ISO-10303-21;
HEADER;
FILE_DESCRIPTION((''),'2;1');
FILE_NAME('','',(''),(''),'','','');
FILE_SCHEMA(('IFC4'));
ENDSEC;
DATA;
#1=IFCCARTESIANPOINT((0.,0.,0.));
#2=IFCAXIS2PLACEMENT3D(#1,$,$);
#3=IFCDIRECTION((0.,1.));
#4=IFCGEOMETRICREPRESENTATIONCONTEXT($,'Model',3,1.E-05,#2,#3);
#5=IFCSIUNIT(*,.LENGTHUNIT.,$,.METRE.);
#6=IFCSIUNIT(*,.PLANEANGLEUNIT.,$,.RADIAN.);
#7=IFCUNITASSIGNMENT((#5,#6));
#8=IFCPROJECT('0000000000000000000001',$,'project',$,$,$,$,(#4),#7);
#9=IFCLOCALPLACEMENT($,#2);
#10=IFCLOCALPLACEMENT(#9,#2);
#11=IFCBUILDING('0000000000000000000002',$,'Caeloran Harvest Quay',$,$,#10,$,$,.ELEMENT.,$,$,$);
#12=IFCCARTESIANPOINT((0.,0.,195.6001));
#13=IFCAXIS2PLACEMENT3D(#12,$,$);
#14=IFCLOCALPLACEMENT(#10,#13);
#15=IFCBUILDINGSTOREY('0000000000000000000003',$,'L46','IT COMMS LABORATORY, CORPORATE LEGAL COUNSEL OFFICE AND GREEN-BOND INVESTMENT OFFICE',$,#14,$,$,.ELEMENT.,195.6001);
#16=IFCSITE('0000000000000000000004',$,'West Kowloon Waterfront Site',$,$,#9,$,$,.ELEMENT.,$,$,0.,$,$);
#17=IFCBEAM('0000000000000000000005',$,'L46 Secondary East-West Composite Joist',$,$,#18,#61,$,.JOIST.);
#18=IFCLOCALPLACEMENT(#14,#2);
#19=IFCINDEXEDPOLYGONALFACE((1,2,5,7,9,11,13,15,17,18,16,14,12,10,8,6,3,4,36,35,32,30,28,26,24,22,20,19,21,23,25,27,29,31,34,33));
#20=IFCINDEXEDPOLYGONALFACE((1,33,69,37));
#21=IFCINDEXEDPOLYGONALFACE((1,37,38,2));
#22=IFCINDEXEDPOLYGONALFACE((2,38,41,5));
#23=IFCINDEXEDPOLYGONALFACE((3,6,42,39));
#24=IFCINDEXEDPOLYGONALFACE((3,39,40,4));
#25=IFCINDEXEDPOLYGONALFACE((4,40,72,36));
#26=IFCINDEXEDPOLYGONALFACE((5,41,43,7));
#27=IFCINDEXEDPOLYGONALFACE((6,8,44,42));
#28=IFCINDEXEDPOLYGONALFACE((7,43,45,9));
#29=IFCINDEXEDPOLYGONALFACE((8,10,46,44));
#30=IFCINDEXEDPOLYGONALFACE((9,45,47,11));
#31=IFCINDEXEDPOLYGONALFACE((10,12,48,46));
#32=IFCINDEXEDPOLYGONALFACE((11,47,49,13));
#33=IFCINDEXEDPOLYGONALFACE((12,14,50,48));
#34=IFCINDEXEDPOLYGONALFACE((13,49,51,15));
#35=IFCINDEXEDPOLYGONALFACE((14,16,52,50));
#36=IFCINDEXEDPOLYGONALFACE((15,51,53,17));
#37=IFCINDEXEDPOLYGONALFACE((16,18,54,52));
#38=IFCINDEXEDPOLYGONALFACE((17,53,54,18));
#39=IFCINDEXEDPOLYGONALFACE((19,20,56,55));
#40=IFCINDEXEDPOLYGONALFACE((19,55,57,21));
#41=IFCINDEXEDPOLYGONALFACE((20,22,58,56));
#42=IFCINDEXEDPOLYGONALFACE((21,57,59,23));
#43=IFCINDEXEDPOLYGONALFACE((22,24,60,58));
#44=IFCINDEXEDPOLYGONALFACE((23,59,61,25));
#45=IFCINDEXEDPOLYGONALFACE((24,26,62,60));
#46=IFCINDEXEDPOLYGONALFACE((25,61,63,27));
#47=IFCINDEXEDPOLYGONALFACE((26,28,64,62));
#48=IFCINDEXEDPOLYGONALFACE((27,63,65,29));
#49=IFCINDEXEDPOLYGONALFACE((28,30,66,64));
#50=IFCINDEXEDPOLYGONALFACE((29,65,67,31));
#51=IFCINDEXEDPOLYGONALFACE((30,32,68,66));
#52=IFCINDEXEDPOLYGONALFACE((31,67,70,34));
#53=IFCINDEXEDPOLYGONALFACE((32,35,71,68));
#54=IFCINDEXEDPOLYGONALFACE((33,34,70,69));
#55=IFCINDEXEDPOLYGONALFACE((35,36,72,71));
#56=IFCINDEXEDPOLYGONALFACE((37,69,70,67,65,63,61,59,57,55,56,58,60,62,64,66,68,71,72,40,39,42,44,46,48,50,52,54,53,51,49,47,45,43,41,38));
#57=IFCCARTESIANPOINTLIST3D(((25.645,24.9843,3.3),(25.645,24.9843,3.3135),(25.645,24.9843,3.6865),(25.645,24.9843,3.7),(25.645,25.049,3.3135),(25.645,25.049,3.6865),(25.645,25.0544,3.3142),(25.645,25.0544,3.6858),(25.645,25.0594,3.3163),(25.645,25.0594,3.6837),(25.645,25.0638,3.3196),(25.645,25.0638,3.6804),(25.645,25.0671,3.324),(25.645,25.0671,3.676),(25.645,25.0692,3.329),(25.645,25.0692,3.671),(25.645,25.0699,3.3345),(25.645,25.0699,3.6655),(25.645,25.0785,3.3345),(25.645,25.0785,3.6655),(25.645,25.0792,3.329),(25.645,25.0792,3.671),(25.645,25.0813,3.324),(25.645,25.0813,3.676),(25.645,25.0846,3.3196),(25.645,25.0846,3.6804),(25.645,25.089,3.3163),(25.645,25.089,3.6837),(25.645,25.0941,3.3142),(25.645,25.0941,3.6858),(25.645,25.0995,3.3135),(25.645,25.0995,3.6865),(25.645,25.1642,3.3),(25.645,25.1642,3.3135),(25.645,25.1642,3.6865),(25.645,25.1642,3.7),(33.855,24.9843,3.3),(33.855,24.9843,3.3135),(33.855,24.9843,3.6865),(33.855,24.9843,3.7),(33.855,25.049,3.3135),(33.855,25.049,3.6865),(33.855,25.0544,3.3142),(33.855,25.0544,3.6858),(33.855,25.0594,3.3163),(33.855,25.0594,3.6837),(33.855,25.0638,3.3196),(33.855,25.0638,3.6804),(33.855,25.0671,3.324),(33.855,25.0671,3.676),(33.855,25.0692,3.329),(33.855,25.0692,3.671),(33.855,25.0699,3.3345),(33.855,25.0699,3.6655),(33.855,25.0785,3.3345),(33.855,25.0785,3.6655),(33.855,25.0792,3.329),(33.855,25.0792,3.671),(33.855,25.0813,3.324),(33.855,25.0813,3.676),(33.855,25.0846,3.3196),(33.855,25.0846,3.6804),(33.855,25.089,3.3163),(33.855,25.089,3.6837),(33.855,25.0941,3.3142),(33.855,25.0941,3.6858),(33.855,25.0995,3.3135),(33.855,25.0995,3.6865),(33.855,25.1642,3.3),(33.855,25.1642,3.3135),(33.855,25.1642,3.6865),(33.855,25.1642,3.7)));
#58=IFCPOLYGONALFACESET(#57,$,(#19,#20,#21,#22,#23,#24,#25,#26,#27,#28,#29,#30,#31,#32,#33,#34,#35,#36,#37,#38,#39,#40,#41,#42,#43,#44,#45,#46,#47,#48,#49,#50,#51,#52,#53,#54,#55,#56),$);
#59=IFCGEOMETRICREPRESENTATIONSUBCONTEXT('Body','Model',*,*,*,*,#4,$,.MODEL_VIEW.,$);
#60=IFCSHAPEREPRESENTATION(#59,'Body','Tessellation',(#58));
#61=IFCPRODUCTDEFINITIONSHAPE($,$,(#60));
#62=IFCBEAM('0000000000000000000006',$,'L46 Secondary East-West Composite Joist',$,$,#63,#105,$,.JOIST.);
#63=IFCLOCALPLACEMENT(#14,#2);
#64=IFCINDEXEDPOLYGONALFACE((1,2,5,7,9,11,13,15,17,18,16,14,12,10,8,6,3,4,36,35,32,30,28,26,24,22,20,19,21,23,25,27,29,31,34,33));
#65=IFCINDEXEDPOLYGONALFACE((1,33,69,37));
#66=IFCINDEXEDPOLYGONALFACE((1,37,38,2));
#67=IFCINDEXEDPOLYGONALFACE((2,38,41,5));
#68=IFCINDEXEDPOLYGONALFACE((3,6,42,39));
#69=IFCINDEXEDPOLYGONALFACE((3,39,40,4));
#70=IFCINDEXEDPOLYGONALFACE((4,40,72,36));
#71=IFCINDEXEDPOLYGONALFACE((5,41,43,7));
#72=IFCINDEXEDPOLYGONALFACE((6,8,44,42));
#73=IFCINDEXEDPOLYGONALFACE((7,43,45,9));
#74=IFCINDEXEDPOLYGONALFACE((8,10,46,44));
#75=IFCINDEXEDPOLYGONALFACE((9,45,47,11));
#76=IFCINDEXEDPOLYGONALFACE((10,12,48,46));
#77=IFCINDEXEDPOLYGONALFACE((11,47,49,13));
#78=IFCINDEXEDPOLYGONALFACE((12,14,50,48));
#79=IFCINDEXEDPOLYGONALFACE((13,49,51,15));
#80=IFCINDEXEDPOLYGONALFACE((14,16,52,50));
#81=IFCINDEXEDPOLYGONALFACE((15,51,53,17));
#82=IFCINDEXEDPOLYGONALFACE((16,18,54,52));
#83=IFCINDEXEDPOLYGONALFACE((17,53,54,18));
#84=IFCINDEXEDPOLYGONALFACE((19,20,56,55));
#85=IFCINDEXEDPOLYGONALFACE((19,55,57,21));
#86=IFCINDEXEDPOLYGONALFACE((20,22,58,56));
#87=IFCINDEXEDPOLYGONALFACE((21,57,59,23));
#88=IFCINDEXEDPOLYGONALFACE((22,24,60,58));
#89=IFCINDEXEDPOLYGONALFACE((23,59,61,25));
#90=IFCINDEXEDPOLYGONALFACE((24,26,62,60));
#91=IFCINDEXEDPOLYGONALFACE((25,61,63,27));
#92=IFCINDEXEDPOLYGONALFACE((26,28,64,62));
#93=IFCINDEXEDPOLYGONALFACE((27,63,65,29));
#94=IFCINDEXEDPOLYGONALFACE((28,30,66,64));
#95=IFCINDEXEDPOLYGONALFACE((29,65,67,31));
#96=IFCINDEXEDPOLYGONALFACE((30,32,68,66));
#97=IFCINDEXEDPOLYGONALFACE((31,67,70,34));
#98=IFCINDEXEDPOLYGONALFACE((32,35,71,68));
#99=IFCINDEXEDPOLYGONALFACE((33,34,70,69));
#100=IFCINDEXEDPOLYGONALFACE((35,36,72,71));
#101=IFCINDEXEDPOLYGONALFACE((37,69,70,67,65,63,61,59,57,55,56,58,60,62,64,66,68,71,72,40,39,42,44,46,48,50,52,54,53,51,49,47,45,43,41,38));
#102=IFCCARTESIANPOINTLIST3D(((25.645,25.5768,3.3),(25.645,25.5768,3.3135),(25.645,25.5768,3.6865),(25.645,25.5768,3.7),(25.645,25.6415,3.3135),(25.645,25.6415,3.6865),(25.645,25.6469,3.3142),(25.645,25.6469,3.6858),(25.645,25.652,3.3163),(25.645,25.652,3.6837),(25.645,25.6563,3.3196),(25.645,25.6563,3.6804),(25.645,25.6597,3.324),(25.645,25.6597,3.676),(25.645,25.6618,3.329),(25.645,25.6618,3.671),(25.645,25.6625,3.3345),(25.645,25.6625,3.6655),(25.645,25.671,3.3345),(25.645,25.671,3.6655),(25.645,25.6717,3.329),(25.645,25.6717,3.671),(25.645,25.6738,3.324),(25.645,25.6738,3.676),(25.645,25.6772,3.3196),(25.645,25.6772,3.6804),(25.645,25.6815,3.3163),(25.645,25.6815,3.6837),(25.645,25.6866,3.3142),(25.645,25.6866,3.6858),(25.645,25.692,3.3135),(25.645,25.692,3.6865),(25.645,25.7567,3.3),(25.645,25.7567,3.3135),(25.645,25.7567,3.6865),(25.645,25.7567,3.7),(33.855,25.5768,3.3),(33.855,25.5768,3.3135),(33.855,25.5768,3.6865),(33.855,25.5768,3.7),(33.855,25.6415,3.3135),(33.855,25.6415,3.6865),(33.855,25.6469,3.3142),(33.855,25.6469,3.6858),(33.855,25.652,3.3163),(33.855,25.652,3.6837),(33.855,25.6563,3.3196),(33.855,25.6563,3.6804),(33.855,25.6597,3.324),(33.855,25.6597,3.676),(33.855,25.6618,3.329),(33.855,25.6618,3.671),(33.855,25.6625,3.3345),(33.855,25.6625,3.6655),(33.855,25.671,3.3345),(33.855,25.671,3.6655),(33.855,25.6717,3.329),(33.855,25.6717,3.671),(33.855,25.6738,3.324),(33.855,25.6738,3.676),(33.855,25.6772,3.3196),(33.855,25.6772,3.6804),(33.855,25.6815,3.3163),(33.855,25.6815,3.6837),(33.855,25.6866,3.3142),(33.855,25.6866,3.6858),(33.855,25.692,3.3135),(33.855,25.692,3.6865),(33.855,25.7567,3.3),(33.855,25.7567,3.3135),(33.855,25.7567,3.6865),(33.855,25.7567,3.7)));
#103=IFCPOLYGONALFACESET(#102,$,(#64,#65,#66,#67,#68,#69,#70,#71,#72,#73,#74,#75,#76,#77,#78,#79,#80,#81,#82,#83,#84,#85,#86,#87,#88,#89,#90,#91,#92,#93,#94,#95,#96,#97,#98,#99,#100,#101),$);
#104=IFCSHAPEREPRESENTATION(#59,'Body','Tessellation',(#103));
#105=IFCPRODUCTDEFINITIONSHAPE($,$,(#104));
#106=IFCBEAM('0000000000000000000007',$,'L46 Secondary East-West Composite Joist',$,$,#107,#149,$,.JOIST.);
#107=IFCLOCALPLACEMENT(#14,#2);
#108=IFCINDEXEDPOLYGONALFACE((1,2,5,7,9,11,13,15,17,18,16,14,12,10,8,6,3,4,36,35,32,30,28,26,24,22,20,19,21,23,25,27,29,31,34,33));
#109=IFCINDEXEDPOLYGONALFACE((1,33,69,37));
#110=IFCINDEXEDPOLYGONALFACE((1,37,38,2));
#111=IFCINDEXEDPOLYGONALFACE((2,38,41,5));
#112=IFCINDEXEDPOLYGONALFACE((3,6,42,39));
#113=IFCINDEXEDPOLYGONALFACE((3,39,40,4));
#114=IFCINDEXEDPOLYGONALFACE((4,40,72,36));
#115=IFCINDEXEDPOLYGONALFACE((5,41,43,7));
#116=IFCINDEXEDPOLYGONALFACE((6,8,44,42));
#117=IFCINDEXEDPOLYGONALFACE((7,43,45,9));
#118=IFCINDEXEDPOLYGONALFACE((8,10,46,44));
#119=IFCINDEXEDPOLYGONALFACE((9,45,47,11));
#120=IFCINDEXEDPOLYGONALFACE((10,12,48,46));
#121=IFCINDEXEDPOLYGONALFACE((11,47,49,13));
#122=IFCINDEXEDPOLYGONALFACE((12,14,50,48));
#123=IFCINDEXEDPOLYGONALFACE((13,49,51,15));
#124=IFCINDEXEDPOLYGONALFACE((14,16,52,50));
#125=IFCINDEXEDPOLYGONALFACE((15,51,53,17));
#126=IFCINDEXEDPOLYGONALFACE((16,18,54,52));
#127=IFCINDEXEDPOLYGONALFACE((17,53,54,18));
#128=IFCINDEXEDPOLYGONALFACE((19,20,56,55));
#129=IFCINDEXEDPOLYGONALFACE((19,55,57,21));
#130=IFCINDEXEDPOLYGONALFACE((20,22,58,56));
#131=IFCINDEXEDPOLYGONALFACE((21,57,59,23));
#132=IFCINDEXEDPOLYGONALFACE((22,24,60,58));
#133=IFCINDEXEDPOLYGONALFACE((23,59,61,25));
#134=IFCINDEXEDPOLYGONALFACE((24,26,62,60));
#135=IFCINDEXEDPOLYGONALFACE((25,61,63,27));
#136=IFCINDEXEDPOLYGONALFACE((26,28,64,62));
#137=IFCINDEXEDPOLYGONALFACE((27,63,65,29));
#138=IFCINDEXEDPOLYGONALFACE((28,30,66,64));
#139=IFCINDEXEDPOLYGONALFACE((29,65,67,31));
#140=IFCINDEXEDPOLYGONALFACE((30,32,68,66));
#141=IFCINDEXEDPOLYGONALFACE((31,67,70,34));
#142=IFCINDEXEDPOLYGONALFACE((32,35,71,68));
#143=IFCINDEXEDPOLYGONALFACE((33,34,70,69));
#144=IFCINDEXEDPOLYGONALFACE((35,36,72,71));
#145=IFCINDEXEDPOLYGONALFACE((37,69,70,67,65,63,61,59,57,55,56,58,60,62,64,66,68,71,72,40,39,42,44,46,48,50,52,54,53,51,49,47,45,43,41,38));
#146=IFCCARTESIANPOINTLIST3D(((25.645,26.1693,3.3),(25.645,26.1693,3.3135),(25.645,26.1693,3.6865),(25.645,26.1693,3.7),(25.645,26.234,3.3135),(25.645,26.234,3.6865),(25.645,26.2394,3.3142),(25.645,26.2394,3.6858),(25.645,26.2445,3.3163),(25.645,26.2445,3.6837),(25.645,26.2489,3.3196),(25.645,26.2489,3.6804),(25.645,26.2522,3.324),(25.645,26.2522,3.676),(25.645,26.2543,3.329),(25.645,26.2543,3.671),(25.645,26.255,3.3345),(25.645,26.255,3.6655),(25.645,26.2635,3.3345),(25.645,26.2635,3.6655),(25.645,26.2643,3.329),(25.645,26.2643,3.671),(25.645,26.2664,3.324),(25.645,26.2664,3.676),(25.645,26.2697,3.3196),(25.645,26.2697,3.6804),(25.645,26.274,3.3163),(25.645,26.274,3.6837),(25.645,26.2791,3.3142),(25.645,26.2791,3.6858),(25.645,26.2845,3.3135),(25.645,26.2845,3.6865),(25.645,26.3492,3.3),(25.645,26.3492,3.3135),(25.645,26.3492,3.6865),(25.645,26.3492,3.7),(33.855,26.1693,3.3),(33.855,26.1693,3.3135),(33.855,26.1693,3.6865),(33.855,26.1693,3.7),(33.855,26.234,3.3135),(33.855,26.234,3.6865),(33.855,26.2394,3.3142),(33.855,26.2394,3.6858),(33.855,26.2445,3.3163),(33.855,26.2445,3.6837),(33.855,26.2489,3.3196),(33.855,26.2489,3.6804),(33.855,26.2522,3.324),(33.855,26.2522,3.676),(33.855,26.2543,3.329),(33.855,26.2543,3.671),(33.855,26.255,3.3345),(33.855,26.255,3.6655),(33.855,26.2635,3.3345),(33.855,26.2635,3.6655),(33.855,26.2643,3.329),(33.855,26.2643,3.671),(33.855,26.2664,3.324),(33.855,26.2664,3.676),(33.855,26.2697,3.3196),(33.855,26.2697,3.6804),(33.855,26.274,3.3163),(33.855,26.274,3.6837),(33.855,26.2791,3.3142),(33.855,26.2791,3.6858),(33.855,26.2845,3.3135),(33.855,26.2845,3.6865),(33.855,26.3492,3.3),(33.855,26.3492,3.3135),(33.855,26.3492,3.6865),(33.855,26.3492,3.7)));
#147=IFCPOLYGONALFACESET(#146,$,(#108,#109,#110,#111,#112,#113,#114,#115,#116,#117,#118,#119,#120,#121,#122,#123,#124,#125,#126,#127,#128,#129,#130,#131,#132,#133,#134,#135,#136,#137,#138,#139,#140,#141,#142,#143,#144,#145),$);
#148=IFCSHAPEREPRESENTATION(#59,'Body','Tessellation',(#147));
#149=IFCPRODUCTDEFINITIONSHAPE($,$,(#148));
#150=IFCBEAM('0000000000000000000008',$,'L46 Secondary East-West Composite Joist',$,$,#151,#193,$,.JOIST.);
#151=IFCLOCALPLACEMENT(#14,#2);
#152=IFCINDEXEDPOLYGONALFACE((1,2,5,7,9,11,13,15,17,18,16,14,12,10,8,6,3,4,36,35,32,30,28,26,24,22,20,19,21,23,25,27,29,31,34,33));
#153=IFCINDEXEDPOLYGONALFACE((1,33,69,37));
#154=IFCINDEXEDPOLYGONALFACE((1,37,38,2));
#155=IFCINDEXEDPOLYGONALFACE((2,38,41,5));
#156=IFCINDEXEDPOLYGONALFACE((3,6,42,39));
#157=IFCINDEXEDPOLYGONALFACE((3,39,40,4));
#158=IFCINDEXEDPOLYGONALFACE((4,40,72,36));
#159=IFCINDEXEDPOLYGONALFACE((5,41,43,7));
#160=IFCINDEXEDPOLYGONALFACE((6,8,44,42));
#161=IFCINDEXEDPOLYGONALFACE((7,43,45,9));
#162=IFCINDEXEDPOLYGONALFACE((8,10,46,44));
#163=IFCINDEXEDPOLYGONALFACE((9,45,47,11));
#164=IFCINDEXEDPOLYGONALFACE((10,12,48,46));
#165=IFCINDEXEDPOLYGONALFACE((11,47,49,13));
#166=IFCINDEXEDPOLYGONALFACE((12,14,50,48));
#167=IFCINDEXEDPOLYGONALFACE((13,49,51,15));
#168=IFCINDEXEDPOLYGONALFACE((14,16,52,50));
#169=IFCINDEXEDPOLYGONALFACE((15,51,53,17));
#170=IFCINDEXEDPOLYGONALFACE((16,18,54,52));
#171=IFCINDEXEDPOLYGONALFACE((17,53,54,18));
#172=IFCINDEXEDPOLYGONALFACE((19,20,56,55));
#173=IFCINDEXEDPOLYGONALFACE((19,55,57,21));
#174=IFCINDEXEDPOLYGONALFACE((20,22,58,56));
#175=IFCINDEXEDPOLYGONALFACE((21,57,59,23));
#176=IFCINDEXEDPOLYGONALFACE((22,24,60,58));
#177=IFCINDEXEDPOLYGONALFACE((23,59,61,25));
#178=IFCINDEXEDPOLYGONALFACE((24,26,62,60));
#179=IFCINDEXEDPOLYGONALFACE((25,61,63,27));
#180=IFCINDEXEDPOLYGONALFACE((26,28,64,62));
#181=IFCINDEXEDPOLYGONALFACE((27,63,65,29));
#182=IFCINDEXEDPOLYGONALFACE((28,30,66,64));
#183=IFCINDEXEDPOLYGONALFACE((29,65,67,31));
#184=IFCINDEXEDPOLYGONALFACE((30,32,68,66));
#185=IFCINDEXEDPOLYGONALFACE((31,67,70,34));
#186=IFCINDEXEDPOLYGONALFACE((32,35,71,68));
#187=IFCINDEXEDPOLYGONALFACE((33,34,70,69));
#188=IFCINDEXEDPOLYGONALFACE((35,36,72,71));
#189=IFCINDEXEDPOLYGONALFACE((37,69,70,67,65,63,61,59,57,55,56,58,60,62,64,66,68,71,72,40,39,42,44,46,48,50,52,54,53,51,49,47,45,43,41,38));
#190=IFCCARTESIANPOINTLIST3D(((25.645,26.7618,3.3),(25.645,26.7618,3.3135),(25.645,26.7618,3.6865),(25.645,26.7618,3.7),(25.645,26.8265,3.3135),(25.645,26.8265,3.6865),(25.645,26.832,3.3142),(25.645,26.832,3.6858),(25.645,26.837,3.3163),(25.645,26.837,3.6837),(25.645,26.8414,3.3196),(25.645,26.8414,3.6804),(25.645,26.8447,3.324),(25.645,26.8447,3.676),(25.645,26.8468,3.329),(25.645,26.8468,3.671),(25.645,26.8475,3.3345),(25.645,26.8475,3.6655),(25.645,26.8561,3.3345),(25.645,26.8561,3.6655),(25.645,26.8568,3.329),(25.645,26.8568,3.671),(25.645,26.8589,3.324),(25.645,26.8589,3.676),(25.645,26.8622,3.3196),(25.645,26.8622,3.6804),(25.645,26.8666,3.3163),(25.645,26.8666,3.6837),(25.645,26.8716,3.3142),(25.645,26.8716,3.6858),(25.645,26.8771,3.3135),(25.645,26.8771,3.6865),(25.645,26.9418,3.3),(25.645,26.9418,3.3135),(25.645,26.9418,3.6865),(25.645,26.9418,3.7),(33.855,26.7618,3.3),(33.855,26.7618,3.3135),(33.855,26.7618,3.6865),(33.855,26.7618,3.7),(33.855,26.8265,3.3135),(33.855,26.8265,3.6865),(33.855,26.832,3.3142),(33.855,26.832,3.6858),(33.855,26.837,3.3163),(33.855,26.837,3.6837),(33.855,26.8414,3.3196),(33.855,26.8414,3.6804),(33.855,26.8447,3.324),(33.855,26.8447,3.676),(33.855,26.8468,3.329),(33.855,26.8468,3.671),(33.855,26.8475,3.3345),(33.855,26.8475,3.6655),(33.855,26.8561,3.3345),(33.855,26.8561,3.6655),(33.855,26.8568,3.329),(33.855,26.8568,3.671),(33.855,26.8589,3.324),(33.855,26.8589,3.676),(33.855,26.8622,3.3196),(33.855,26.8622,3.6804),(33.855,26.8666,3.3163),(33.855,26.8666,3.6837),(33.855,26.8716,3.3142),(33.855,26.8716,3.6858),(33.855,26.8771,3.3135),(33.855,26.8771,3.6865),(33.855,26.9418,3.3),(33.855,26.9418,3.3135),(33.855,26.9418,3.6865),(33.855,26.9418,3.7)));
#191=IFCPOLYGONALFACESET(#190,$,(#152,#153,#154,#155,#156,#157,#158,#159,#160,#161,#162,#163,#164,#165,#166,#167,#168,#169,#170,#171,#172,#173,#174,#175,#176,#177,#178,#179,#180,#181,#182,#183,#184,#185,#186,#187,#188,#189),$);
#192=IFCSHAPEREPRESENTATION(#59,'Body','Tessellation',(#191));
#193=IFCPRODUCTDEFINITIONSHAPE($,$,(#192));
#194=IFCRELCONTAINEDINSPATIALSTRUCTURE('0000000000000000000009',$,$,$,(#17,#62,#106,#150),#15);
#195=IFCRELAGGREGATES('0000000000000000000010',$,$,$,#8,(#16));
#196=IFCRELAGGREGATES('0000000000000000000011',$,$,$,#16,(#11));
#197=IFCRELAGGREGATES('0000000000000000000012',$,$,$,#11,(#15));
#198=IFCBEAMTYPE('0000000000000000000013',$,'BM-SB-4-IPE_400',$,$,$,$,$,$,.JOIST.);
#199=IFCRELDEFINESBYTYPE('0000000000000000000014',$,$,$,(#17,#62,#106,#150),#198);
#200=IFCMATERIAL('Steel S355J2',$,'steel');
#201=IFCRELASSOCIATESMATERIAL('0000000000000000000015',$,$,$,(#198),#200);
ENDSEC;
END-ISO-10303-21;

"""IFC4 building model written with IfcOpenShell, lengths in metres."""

from ifc_helpers import new_model, si_unit, direction, frame, origin, origin_2d, place, context, subcontext, project, spatial, i_section, extrude, material, material_profile, profile_set, type_object, element, save


model = new_model("IFC4")

# Units and contexts
model_context = context("Model", 3, precision=1e-05, world=origin(), true_north=direction((0.0, 1.0)))
body_context = subcontext(model_context, "Body", "Model", "MODEL_VIEW")
ifc_project = project(units=[si_unit("LENGTHUNIT", "METRE"), si_unit("PLANEANGLEUNIT", "RADIAN")], contexts=[model_context])

# Site, building, storey
site_placement = place(None, origin())
site = spatial("IfcSite", under=ifc_project, at=site_placement, Name="West Kowloon Waterfront Site", CompositionType="ELEMENT", RefElevation=0.0)
building_placement = place(site_placement, origin())
building = spatial("IfcBuilding", under=site, at=building_placement, Name="Caeloran Harvest Quay", CompositionType="ELEMENT")
storey_placement = place(building_placement, frame((0.0, 0.0, 195.6001)))
storey = spatial("IfcBuildingStorey", under=building, at=storey_placement, Name="L46", Description="IT COMMS LABORATORY, CORPORATE LEGAL COUNSEL OFFICE AND GREEN-BOND INVESTMENT OFFICE", CompositionType="ELEMENT", Elevation=195.6001)

# Beams
ifc_material_1 = material(Name="Steel S355J2", Category="steel")
ifc_material_profile_1 = material_profile(ifc_material_1, i_section(OverallWidth=0.1799, OverallDepth=0.3999, WebThickness=0.0085, FlangeThickness=0.0134, FilletRadius=0.021, at=origin_2d()), Name="IPE 400")
ifc_profile_set_1 = profile_set([ifc_material_profile_1], Name="Steel S355J2")
beam_type_1 = type_object("IfcBeamType", Name="BM-SB-4-IPE_400", PredefinedType="JOIST", material=ifc_profile_set_1)
for number, where, z_axis, x_axis, name in (
    (1, (25.645, 25.0742, 3.5), (1.0, 0.0, 0.0), (0.0, 1.0, 0.0), "L46 Secondary East-West Composite Joist"),
    (2, (25.645, 25.6667, 3.5), (1.0, 0.0, 0.0), (0.0, 1.0, 0.0), "L46 Secondary East-West Composite Joist"),
    (3, (25.645, 26.2593, 3.5), (1.0, 0.0, 0.0), (0.0, 1.0, 0.0), "L46 Secondary East-West Composite Joist"),
    (4, (25.645, 26.8518, 3.5), (1.0, 0.0, 0.0), (0.0, 1.0, 0.0), "L46 Secondary East-West Composite Joist"),
):
    element("IfcBeam", number, at=place(storey_placement, frame(where, z_axis=z_axis, x_axis=x_axis)), inside=storey, type_object=beam_type_1, Name=name, PredefinedType="JOIST", context=body_context, shape_type="SweptSolid", body=[
        extrude(i_section(OverallWidth=0.1799, OverallDepth=0.3999, WebThickness=0.0085, FlangeThickness=0.0134, FilletRadius=0.021, at=origin_2d()), origin(), (0.0, 0.0, 1.0), 8.21),
    ])

save(model, "model.ifc")
